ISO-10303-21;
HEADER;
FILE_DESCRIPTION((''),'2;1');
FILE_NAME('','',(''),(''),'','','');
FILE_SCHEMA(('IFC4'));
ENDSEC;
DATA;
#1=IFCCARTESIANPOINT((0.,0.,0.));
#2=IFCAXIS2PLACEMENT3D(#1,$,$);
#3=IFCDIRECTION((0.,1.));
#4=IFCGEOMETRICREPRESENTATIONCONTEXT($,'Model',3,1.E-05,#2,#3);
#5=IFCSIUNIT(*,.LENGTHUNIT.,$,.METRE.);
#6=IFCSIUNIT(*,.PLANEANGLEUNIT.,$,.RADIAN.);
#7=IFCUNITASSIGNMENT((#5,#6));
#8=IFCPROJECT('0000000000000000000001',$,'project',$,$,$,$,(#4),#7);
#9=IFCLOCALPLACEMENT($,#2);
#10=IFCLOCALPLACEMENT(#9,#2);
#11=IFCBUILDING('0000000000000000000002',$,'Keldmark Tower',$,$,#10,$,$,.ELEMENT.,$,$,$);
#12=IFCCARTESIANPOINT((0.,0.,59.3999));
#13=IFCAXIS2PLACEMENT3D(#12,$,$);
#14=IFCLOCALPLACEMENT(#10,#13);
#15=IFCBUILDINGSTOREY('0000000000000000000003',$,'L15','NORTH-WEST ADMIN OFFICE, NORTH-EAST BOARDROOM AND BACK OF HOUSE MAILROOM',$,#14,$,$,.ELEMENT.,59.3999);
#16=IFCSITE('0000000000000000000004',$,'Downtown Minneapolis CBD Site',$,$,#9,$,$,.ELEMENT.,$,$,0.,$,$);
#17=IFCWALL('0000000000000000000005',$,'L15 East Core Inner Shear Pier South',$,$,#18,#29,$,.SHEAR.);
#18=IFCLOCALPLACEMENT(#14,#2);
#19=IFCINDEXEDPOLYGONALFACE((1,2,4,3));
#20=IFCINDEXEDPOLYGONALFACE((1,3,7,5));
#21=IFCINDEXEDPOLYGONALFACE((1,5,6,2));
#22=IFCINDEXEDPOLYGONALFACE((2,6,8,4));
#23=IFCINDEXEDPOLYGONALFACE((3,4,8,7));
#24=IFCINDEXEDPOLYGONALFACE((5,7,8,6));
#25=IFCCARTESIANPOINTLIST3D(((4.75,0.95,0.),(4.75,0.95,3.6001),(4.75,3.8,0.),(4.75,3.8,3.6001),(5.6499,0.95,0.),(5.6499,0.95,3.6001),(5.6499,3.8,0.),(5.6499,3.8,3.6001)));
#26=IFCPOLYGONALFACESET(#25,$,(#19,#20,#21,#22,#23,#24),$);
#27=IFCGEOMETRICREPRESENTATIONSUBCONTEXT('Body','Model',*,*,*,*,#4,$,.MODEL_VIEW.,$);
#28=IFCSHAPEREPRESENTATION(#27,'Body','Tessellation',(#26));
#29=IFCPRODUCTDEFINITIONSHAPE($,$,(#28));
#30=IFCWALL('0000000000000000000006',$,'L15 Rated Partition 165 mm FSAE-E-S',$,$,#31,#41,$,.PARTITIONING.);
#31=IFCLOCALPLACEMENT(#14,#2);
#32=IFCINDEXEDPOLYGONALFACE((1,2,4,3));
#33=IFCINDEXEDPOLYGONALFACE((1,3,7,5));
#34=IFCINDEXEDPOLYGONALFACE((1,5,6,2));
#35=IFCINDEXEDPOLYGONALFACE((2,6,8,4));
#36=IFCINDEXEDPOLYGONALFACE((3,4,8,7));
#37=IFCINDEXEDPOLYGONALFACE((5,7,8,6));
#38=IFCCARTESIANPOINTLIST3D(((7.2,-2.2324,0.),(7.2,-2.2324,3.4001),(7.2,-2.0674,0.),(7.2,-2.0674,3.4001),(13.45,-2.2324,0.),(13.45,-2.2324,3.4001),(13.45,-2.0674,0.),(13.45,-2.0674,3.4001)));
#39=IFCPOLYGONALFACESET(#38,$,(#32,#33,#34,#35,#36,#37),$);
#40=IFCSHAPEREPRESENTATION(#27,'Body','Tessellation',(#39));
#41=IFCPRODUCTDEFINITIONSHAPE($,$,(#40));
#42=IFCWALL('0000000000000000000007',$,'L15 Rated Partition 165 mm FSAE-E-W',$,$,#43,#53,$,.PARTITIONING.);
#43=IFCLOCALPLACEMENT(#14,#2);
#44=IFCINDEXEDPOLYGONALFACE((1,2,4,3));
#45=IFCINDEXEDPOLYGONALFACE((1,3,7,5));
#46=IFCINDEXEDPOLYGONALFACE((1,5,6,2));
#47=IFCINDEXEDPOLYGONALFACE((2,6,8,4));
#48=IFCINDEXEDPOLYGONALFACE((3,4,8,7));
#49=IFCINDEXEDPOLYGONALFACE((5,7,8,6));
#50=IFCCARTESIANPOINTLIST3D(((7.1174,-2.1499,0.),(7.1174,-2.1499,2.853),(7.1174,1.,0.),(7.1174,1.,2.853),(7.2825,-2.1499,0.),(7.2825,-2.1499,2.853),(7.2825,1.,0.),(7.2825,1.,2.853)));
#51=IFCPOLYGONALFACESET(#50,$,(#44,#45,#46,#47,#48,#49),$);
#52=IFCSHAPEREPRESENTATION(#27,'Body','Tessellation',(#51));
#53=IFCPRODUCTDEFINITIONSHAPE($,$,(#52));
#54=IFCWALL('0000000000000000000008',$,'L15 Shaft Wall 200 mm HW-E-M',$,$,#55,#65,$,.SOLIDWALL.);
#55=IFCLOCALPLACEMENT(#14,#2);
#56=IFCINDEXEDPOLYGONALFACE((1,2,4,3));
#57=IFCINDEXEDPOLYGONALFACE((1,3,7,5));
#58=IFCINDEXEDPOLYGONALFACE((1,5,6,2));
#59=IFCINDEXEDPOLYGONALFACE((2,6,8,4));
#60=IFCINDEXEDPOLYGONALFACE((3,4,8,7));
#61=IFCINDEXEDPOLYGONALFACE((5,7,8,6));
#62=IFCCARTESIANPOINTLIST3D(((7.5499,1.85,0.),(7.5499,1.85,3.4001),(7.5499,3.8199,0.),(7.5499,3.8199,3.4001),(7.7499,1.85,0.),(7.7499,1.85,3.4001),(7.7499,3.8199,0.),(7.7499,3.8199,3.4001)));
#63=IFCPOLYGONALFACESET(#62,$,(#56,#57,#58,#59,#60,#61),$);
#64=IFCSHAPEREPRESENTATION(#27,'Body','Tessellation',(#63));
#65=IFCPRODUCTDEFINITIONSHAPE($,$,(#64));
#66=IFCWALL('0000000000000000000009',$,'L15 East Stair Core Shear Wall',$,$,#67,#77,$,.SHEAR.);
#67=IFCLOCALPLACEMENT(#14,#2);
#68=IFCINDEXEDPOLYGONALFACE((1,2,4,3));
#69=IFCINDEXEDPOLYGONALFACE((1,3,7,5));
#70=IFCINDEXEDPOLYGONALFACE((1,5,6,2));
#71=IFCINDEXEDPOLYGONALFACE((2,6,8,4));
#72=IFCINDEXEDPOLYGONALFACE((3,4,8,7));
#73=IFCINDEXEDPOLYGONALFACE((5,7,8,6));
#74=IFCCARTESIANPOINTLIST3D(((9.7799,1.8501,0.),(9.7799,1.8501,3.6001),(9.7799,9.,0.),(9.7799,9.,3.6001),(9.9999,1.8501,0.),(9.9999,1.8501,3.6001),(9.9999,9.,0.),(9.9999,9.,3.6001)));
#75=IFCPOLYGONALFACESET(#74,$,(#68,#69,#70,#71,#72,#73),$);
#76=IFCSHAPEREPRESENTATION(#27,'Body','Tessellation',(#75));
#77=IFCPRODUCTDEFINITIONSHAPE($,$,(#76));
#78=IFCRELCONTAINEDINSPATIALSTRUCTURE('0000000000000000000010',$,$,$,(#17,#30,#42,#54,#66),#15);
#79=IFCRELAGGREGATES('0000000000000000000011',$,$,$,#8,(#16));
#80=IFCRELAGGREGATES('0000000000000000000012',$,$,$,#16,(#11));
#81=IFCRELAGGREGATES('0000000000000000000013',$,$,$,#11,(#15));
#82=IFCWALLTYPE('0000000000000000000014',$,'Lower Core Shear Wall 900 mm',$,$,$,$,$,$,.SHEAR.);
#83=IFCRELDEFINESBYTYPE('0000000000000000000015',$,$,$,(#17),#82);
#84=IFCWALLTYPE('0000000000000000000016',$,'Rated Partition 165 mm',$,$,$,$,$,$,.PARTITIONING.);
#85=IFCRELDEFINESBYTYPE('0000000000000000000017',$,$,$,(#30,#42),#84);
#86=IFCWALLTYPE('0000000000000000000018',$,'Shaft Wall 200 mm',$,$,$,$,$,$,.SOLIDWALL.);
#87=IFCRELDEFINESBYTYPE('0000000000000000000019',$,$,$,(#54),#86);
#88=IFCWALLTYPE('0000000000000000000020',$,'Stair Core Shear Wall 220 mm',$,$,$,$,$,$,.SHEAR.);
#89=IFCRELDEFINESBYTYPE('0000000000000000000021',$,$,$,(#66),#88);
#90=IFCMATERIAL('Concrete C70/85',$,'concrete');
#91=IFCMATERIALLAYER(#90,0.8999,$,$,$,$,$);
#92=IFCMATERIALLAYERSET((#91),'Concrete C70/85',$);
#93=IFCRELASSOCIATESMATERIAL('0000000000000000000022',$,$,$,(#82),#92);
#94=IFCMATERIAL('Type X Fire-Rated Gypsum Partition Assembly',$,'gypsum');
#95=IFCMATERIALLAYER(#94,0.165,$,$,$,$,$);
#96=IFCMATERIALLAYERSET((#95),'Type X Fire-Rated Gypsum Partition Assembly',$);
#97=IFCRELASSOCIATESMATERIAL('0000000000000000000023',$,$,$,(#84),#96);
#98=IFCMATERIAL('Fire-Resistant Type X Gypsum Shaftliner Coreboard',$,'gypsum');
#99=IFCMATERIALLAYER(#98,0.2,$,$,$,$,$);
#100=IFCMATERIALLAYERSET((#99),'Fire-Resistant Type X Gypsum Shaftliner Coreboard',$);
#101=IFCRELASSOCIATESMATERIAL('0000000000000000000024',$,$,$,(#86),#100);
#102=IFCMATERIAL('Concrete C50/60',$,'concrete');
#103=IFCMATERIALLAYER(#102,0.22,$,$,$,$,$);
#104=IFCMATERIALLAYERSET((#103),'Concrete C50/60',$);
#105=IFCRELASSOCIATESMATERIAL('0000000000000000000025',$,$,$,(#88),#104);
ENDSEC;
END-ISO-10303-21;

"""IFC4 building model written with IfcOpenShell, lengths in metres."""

from ifc_helpers import new_model, si_unit, direction, frame, frame_2d, origin, place, context, subcontext, project, spatial, rectangle, extrude, material, layer, layer_set, type_object, element, save


model = new_model("IFC4")

# Units and contexts
model_context = context("Model", 3, precision=1e-05, world=origin(), true_north=direction((0.0, 1.0)))
body_context = subcontext(model_context, "Body", "Model", "MODEL_VIEW")
ifc_project = project(units=[si_unit("LENGTHUNIT", "METRE"), si_unit("PLANEANGLEUNIT", "RADIAN")], contexts=[model_context])

# Site, building, storey
site_placement = place(None, origin())
site = spatial("IfcSite", under=ifc_project, at=site_placement, Name="Downtown Minneapolis CBD Site", CompositionType="ELEMENT", RefElevation=0.0)
building_placement = place(site_placement, origin())
building = spatial("IfcBuilding", under=site, at=building_placement, Name="Keldmark Tower", CompositionType="ELEMENT")
storey_placement = place(building_placement, frame((0.0, 0.0, 59.3999)))
storey = spatial("IfcBuildingStorey", under=building, at=storey_placement, Name="L15", Description="NORTH-WEST ADMIN OFFICE, NORTH-EAST BOARDROOM AND BACK OF HOUSE MAILROOM", CompositionType="ELEMENT", Elevation=59.3999)

# Walls
ifc_material_1 = material(Name="Concrete C70/85", Category="concrete")
ifc_layer_1 = layer(ifc_material_1, 0.8999)
ifc_layer_set_1 = layer_set([ifc_layer_1], Name="Concrete C70/85")
wall_type_1 = type_object("IfcWallType", Name="Lower Core Shear Wall 900 mm", PredefinedType="SHEAR", material=ifc_layer_set_1)
wall_1_placement = place(storey_placement, frame((5.2, 0.95, 0.0), z_axis=(0.0, 0.0, 1.0), x_axis=(0.0, 1.0, 0.0)))
element("IfcWall", 1, at=wall_1_placement, inside=storey, type_object=wall_type_1, Name="L15 East Core Inner Shear Pier South", PredefinedType="SHEAR", context=body_context, shape_type="SweptSolid", body=[
    extrude(rectangle(XDim=2.8501, YDim=0.8999, at=frame_2d((1.425, 0.0))), origin(), (0.0, 0.0, 1.0), 3.6001),
])
ifc_material_2 = material(Name="Type X Fire-Rated Gypsum Partition Assembly", Category="gypsum")
ifc_layer_2 = layer(ifc_material_2, 0.165)
ifc_layer_set_2 = layer_set([ifc_layer_2], Name="Type X Fire-Rated Gypsum Partition Assembly")
wall_type_2 = type_object("IfcWallType", Name="Rated Partition 165 mm", PredefinedType="PARTITIONING", material=ifc_layer_set_2)
wall_2_placement = place(storey_placement, frame((7.2, -2.1499, 0.0), z_axis=(0.0, 0.0, 1.0), x_axis=(1.0, 0.0, 0.0)))
element("IfcWall", 2, at=wall_2_placement, inside=storey, type_object=wall_type_2, Name="L15 Rated Partition 165 mm FSAE-E-S", PredefinedType="PARTITIONING", context=body_context, shape_type="SweptSolid", body=[
    extrude(rectangle(XDim=6.25, YDim=0.165, at=frame_2d((3.125, 0.0))), origin(), (0.0, 0.0, 1.0), 3.4001),
])
wall_3_placement = place(storey_placement, frame((7.2, -2.1499, 0.0), z_axis=(0.0, 0.0, 1.0), x_axis=(0.0, 1.0, 0.0)))
element("IfcWall", 3, at=wall_3_placement, inside=storey, type_object=wall_type_2, Name="L15 Rated Partition 165 mm FSAE-E-W", PredefinedType="PARTITIONING", context=body_context, shape_type="SweptSolid", body=[
    extrude(rectangle(XDim=3.1499, YDim=0.165, at=frame_2d((1.575, 0.0))), origin(), (0.0, 0.0, 1.0), 2.853),
])

# Walls
ifc_material_3 = material(Name="Fire-Resistant Type X Gypsum Shaftliner Coreboard", Category="gypsum")
ifc_layer_3 = layer(ifc_material_3, 0.2)
ifc_layer_set_3 = layer_set([ifc_layer_3], Name="Fire-Resistant Type X Gypsum Shaftliner Coreboard")
wall_type_3 = type_object("IfcWallType", Name="Shaft Wall 200 mm", PredefinedType="SOLIDWALL", material=ifc_layer_set_3)
wall_4_placement = place(storey_placement, frame((7.6499, 1.8501, 0.0), z_axis=(0.0, 0.0, 1.0), x_axis=(0.0, 1.0, 0.0)))
element("IfcWall", 4, at=wall_4_placement, inside=storey, type_object=wall_type_3, Name="L15 Shaft Wall 200 mm HW-E-M", PredefinedType="SOLIDWALL", context=body_context, shape_type="SweptSolid", body=[
    extrude(rectangle(XDim=1.97, YDim=0.2, at=frame_2d((0.9849, 0.0))), origin(), (0.0, 0.0, 1.0), 3.4001),
])
ifc_material_4 = material(Name="Concrete C50/60", Category="concrete")
ifc_layer_4 = layer(ifc_material_4, 0.22)
ifc_layer_set_4 = layer_set([ifc_layer_4], Name="Concrete C50/60")
wall_type_4 = type_object("IfcWallType", Name="Stair Core Shear Wall 220 mm", PredefinedType="SHEAR", material=ifc_layer_set_4)
wall_5_placement = place(storey_placement, frame((9.8899, 1.8501, 0.0), z_axis=(0.0, 0.0, 1.0), x_axis=(0.0, 1.0, 0.0)))
element("IfcWall", 5, at=wall_5_placement, inside=storey, type_object=wall_type_4, Name="L15 East Stair Core Shear Wall", PredefinedType="SHEAR", context=body_context, shape_type="SweptSolid", body=[
    extrude(rectangle(XDim=7.1499, YDim=0.22, at=frame_2d((3.575, 0.0))), origin(), (0.0, 0.0, 1.0), 3.6001),
])

save(model, "model.ifc")
